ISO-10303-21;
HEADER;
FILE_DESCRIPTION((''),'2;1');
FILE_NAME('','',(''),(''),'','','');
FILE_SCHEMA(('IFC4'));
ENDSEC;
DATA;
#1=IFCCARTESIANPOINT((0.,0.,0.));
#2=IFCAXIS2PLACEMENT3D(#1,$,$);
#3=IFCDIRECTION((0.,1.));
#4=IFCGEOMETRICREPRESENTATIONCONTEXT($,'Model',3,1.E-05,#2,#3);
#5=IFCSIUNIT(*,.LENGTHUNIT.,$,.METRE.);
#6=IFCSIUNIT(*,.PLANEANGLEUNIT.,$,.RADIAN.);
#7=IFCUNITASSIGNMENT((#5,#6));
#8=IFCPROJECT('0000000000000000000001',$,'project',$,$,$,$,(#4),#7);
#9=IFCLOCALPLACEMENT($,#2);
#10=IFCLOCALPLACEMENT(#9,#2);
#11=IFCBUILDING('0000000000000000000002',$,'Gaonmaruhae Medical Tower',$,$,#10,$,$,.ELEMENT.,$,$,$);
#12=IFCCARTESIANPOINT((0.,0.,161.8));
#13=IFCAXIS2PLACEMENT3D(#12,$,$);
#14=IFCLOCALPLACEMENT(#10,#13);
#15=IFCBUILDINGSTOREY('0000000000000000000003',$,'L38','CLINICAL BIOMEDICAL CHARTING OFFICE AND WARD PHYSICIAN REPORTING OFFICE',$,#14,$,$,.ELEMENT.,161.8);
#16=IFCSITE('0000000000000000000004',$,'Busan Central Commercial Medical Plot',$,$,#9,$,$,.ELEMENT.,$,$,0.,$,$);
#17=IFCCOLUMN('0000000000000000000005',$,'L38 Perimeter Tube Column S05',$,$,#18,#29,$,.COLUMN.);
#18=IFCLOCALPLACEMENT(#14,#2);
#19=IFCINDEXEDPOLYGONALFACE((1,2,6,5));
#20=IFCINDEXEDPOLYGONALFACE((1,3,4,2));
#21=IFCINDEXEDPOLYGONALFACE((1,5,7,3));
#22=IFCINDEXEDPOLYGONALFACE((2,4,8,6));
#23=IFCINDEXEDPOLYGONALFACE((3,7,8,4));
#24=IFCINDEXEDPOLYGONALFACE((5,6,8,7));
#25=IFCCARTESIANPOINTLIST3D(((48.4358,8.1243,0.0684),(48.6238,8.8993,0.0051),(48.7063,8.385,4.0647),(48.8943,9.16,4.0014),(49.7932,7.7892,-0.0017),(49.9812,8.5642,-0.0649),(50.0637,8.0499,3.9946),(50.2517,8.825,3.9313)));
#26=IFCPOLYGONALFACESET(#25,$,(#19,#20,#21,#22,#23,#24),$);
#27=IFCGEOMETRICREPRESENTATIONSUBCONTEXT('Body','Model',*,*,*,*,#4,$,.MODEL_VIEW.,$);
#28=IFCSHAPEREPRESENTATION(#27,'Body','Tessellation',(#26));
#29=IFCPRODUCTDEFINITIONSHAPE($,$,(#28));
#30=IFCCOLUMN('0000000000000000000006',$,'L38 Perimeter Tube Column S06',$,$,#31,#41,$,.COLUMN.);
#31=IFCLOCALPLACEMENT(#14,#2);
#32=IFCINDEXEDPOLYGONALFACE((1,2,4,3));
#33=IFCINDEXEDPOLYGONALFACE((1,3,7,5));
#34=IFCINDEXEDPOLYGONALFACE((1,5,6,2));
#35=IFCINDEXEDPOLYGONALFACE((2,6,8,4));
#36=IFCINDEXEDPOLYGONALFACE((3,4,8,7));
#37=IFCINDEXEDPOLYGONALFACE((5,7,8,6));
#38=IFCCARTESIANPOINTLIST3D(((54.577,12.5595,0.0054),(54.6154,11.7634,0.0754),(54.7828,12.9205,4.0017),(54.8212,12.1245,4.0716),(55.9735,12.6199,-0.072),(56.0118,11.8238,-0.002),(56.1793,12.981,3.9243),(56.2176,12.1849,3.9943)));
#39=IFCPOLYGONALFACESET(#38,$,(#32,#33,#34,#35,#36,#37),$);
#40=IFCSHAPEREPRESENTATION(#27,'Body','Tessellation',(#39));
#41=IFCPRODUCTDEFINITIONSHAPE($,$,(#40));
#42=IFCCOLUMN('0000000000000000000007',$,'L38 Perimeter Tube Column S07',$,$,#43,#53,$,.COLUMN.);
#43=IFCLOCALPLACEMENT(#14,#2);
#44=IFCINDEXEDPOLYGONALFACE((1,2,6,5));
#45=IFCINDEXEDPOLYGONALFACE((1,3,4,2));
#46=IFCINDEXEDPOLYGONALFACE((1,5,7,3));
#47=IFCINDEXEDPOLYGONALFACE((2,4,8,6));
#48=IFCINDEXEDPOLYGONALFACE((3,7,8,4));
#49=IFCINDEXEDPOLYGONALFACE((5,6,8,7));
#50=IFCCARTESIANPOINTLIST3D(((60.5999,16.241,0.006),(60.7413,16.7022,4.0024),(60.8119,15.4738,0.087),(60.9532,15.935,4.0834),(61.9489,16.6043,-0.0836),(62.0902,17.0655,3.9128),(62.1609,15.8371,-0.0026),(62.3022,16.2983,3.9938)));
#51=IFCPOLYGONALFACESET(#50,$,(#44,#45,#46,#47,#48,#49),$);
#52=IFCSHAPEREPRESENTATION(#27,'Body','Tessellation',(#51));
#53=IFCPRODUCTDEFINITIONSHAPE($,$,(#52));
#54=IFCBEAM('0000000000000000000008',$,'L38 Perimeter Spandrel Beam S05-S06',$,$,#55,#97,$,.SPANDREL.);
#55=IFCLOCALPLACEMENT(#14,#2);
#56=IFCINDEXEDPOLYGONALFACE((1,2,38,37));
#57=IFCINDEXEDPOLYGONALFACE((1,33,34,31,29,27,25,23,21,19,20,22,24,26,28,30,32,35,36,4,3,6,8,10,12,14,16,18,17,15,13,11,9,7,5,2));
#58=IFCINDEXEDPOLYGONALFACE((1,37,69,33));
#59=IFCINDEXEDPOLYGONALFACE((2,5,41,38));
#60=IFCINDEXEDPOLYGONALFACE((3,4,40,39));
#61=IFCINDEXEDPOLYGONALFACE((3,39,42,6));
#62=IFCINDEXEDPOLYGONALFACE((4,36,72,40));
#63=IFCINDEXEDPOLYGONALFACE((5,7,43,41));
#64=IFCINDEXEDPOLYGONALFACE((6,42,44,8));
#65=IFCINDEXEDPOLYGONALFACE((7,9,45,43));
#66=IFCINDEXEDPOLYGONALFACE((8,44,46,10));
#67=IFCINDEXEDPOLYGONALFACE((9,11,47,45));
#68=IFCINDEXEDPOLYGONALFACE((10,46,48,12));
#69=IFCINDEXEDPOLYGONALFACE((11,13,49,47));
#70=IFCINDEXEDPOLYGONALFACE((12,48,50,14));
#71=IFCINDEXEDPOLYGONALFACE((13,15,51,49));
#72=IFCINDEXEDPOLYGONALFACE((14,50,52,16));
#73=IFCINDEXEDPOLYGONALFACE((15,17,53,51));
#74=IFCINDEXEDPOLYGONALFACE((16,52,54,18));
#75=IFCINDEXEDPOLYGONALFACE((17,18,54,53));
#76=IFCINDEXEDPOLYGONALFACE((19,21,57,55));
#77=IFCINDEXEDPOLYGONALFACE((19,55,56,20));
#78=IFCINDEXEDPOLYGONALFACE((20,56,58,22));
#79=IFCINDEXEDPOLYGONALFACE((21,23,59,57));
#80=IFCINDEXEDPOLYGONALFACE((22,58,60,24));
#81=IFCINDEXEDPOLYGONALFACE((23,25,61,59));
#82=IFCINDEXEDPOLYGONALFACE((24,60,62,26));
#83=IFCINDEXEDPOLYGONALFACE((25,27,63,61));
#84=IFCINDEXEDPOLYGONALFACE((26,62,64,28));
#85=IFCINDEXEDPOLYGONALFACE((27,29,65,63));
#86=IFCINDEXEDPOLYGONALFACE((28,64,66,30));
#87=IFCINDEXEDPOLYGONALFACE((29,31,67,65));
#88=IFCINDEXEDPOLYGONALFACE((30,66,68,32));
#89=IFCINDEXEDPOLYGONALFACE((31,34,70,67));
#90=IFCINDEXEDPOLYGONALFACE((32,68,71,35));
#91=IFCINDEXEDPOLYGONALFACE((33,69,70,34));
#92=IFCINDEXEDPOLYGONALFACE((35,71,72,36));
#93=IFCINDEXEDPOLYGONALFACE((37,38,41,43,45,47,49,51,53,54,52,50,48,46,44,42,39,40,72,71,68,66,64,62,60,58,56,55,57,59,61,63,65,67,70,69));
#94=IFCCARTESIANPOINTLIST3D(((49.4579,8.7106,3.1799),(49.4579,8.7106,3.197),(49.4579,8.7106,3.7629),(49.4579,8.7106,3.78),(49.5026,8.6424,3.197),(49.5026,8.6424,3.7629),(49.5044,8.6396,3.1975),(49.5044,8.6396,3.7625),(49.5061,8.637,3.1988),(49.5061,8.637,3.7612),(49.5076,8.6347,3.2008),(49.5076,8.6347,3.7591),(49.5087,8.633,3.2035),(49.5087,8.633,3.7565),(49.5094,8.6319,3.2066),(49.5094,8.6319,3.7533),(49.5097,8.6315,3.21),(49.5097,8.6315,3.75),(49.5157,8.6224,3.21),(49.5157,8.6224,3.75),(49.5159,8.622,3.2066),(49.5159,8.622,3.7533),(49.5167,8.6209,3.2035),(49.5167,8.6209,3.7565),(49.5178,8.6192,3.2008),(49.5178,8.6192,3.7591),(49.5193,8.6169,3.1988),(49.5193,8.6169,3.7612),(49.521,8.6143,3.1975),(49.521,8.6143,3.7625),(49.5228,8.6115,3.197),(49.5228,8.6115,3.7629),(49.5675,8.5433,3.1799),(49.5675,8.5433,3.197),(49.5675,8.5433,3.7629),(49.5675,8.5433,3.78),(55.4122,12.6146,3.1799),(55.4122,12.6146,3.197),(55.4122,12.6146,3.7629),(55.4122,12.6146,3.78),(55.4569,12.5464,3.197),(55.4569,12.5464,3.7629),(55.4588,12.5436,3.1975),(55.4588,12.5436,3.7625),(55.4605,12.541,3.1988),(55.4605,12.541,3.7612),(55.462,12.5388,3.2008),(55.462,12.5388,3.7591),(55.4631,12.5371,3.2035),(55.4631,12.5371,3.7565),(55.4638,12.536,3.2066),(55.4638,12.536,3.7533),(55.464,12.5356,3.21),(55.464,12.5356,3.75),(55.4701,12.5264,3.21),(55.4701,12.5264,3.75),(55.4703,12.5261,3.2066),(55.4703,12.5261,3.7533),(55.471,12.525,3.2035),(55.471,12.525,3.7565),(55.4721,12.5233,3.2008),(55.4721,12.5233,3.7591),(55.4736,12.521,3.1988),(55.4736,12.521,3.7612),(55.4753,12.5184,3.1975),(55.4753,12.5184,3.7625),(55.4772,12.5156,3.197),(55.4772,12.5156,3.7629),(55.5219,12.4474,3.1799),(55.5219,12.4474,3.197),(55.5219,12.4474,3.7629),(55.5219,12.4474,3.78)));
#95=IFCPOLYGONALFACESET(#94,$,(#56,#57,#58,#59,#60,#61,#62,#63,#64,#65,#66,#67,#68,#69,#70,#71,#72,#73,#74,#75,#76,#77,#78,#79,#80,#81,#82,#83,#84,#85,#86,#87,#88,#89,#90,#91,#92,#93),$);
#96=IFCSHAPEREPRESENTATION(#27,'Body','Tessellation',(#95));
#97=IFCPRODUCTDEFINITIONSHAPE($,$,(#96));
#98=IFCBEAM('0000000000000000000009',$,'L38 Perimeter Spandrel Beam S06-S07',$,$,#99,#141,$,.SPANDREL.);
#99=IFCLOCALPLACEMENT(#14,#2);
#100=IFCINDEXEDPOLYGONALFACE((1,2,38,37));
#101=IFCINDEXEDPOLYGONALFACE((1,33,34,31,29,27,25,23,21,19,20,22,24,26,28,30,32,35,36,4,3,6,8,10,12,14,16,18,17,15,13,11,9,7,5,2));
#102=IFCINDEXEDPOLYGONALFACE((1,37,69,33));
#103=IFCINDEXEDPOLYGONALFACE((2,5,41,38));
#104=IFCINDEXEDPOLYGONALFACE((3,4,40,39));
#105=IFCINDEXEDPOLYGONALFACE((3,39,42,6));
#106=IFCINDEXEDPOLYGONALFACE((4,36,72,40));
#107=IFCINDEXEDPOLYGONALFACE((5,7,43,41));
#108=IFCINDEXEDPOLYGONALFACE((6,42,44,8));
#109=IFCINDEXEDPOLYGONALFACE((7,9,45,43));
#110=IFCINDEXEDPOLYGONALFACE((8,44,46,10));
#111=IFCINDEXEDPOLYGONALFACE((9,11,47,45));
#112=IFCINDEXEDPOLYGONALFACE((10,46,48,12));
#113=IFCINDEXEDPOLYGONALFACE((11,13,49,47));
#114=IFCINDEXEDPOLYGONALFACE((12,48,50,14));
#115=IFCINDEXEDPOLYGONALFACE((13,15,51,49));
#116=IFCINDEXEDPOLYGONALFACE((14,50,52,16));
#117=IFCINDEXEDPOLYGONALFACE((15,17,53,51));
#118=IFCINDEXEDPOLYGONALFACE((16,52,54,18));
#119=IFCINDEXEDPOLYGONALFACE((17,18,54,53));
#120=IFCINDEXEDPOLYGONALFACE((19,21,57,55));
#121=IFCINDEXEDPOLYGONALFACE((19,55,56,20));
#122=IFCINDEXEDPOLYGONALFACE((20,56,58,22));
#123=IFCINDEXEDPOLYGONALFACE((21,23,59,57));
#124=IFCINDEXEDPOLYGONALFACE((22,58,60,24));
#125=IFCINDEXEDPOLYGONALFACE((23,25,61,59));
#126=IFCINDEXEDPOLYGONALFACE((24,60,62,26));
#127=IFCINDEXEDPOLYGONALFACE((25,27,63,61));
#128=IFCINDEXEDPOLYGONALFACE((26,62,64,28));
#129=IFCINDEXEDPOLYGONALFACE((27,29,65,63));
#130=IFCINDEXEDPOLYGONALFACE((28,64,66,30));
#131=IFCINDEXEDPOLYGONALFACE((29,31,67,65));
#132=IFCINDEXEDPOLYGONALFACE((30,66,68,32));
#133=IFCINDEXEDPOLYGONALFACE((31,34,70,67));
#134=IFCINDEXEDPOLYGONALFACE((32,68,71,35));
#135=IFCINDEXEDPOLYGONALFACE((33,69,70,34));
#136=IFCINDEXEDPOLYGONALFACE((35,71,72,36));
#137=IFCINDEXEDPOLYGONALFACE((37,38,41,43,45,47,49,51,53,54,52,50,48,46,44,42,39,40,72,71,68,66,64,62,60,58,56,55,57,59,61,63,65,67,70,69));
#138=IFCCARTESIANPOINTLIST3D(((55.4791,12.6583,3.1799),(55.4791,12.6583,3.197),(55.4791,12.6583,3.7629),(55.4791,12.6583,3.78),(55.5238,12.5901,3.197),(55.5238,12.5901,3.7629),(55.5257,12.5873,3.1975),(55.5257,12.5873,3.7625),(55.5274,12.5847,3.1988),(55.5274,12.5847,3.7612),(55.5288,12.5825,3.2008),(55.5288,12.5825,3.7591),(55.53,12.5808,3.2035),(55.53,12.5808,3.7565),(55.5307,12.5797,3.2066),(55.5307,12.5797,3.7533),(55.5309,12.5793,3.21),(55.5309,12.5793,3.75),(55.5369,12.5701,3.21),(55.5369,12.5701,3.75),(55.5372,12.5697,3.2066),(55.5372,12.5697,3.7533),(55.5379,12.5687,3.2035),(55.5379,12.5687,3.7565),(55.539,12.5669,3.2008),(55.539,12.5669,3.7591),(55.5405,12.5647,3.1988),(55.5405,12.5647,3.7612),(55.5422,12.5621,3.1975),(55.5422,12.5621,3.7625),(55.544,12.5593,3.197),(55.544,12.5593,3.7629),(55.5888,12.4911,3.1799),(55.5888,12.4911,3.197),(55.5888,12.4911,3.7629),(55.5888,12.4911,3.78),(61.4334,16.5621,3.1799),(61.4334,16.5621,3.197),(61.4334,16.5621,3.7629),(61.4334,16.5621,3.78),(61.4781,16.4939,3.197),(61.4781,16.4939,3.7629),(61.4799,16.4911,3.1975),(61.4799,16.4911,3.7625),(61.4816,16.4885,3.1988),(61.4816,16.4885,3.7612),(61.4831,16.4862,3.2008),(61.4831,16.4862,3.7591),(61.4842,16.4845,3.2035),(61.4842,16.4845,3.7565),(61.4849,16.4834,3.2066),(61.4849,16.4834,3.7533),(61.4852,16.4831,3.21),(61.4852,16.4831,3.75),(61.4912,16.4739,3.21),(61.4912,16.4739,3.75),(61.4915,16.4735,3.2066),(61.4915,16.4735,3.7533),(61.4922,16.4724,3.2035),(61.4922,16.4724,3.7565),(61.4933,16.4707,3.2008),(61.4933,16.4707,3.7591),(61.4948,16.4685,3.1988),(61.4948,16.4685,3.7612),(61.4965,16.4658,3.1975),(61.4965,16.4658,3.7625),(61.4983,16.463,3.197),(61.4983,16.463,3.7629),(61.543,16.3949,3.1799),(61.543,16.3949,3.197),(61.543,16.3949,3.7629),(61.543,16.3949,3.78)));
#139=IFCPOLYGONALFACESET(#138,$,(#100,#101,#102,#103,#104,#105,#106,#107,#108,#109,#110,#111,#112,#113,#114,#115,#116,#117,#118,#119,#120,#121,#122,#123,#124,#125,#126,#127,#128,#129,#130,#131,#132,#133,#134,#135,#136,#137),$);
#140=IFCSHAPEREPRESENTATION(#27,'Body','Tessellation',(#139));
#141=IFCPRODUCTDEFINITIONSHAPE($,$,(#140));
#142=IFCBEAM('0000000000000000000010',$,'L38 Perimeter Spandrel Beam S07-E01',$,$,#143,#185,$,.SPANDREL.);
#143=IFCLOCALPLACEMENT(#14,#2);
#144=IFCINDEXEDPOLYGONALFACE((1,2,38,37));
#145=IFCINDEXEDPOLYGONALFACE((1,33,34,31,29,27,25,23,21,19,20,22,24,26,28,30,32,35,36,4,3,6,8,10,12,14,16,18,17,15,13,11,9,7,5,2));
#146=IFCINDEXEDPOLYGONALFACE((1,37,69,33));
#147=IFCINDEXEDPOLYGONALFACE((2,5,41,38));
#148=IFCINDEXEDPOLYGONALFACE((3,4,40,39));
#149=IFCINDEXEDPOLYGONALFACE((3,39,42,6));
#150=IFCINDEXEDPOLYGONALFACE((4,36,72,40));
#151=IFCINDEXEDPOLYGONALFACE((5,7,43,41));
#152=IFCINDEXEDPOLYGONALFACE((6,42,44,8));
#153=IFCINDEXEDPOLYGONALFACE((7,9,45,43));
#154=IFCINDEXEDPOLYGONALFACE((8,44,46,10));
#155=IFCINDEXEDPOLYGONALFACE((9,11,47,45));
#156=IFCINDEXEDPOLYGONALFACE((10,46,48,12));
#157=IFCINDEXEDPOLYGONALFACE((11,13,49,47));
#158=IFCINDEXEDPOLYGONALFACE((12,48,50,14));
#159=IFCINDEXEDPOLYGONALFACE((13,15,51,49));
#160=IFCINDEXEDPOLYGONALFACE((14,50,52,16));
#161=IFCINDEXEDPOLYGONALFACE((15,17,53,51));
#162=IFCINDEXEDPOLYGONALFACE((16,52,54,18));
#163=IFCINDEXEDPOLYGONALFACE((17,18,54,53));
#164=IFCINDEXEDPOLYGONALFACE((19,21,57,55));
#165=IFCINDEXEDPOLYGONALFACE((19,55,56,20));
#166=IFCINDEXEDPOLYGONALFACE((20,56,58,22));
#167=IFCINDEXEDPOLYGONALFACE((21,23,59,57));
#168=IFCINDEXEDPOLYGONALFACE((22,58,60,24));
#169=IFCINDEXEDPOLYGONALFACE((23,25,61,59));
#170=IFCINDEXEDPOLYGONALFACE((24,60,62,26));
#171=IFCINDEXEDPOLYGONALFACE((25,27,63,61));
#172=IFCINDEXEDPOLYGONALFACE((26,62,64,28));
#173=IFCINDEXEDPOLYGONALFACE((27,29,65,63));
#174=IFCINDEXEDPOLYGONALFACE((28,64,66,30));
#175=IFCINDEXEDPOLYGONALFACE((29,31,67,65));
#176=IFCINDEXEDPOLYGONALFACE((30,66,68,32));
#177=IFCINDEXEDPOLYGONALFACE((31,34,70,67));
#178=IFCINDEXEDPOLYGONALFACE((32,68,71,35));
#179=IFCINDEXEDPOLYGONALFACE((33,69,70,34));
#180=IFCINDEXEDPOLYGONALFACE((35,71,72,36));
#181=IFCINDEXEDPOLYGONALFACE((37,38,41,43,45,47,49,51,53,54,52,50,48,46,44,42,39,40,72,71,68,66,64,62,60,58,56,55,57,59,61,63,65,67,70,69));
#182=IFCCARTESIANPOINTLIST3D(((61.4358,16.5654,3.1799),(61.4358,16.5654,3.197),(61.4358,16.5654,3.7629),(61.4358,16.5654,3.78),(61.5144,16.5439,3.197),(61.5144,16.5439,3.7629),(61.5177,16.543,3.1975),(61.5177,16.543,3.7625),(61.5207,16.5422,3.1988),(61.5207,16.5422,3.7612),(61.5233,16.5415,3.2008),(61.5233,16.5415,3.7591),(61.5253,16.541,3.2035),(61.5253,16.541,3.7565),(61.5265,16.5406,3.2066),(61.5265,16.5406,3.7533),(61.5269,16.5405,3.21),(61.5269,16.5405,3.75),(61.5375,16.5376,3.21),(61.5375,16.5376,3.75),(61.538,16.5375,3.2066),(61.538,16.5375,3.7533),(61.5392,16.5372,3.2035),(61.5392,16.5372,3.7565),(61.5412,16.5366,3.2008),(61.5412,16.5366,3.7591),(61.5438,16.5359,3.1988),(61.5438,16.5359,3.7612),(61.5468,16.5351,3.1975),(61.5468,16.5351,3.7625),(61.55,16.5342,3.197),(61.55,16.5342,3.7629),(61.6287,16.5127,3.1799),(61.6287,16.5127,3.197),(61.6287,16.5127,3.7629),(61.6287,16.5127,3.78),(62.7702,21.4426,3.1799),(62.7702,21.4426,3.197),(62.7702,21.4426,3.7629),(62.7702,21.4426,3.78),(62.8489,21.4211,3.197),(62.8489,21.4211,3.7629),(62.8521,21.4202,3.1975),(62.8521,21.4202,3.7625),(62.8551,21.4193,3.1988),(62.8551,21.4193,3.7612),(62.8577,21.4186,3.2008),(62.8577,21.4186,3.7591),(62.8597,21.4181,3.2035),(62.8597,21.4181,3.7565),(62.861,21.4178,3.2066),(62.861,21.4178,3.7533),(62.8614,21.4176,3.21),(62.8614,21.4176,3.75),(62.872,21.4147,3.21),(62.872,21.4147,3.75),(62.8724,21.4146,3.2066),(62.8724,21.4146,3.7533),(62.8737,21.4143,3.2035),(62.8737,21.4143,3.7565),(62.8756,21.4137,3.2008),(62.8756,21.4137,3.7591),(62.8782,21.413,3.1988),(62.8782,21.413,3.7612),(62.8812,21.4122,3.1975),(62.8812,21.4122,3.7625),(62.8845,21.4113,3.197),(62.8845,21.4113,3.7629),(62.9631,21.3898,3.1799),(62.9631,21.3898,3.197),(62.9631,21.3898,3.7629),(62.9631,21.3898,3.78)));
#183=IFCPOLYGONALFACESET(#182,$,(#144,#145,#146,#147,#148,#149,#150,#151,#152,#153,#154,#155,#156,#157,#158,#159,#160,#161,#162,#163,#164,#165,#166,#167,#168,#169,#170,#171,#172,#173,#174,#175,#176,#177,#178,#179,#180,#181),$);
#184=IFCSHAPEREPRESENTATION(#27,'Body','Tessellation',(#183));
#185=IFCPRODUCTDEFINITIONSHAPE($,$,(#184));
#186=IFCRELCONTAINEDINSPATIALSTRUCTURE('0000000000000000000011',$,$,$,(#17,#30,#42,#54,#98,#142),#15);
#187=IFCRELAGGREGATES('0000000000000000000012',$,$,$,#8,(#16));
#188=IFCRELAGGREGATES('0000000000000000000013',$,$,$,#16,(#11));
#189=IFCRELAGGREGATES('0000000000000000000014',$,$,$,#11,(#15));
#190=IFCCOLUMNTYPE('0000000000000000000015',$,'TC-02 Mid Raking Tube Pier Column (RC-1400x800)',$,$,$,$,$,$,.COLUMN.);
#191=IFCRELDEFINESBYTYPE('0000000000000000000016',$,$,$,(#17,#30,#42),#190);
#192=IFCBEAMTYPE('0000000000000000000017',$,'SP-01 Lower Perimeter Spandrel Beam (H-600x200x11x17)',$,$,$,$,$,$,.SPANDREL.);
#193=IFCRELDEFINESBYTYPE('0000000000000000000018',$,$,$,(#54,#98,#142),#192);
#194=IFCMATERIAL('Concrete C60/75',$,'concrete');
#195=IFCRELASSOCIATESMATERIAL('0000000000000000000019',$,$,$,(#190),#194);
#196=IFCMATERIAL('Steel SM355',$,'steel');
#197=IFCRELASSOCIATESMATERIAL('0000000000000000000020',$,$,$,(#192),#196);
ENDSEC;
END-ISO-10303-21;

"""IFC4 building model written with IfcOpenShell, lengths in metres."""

from ifc_helpers import new_model, si_unit, direction, frame, origin, origin_2d, place, context, subcontext, project, spatial, rectangle, i_section, extrude, material, material_profile, profile_set, type_object, element, save


model = new_model("IFC4")

# Units and contexts
model_context = context("Model", 3, precision=1e-05, world=origin(), true_north=direction((0.0, 1.0)))
body_context = subcontext(model_context, "Body", "Model", "MODEL_VIEW")
ifc_project = project(units=[si_unit("LENGTHUNIT", "METRE"), si_unit("PLANEANGLEUNIT", "RADIAN")], contexts=[model_context])

# Site, building, storey
site_placement = place(None, origin())
site = spatial("IfcSite", under=ifc_project, at=site_placement, Name="Busan Central Commercial Medical Plot", CompositionType="ELEMENT", RefElevation=0.0)
building_placement = place(site_placement, origin())
building = spatial("IfcBuilding", under=site, at=building_placement, Name="Gaonmaruhae Medical Tower", CompositionType="ELEMENT")
storey_placement = place(building_placement, frame((0.0, 0.0, 161.8)))
storey = spatial("IfcBuildingStorey", under=building, at=storey_placement, Name="L38", Description="CLINICAL BIOMEDICAL CHARTING OFFICE AND WARD PHYSICIAN REPORTING OFFICE", CompositionType="ELEMENT", Elevation=161.8)

# Columns
ifc_material_1 = material(Name="Concrete C60/75", Category="concrete")
ifc_material_profile_1 = material_profile(ifc_material_1, rectangle(XDim=1.3999, YDim=0.8, at=origin_2d()), Name="RC-1400x800")
ifc_profile_set_1 = profile_set([ifc_material_profile_1], Name="Concrete C60/75")
column_type = type_object("IfcColumnType", Name="TC-02 Mid Raking Tube Pier Column (RC-1400x800)", PredefinedType="COLUMN", material=ifc_profile_set_1)
column_1_placement = place(storey_placement, frame((49.2085, 8.3442, 0.0017), z_axis=(0.067392, 0.064959, 0.99561), x_axis=(-0.96964, 0.239367, 0.050016)))
element("IfcColumn", 1, at=column_1_placement, inside=storey, type_object=column_type, Name="L38 Perimeter Tube Column S05", PredefinedType="COLUMN", context=body_context, shape_type="SweptSolid", body=[
    extrude(rectangle(XDim=1.3999, YDim=0.8, at=origin_2d()), origin(), (0.0, 0.0, 1.0), 4.0139),
])
column_2_placement = place(storey_placement, frame((55.2944, 12.1917, 0.0017), z_axis=(0.051224, 0.089869, 0.994635), x_axis=(-0.997537, -0.043182, 0.055275)))
element("IfcColumn", 2, at=column_2_placement, inside=storey, type_object=column_type, Name="L38 Perimeter Tube Column S06", PredefinedType="COLUMN", context=body_context, shape_type="SweptSolid", body=[
    extrude(rectangle(XDim=1.3999, YDim=0.8, at=origin_2d()), origin(), (0.0, 0.0, 1.0), 4.0178),
])
column_3_placement = place(storey_placement, frame((61.3804, 16.0391, 0.0017), z_axis=(0.035117, 0.11457, 0.992794), x_axis=(-0.963617, -0.259503, 0.064032)))
element("IfcColumn", 3, at=column_3_placement, inside=storey, type_object=column_type, Name="L38 Perimeter Tube Column S07", PredefinedType="COLUMN", context=body_context, shape_type="SweptSolid", body=[
    extrude(rectangle(XDim=1.3999, YDim=0.8, at=origin_2d()), origin(), (0.0, 0.0, 1.0), 4.0254),
])

# Beams
ifc_material_2 = material(Name="Steel SM355", Category="steel")
ifc_material_profile_2 = material_profile(ifc_material_2, i_section(OverallWidth=0.2, OverallDepth=0.6001, WebThickness=0.011, FlangeThickness=0.0171, FilletRadius=0.0129, at=origin_2d()), Name="H-600x200x11x17")
ifc_profile_set_2 = profile_set([ifc_material_profile_2], Name="Steel SM355")
beam_type = type_object("IfcBeamType", Name="SP-01 Lower Perimeter Spandrel Beam (H-600x200x11x17)", PredefinedType="SPANDREL", material=ifc_profile_set_2)
beam_1_placement = place(storey_placement, frame((49.5127, 8.627, 3.48), z_axis=(0.836272, 0.548314, 0.0), x_axis=(-0.548314, 0.836272, 0.0)))
element("IfcBeam", 4, at=beam_1_placement, inside=storey, type_object=beam_type, Name="L38 Perimeter Spandrel Beam S05-S06", PredefinedType="SPANDREL", context=body_context, shape_type="SweptSolid", body=[
    extrude(i_section(OverallWidth=0.2, OverallDepth=0.6001, WebThickness=0.011, FlangeThickness=0.0171, FilletRadius=0.0129, at=origin_2d()), origin(), (0.0, 0.0, 1.0), 7.1201),
])
beam_2_placement = place(storey_placement, frame((55.5339, 12.5747, 3.48), z_axis=(0.836288, 0.54829, 0.0), x_axis=(-0.54829, 0.836288, 0.0)))
element("IfcBeam", 5, at=beam_2_placement, inside=storey, type_object=beam_type, Name="L38 Perimeter Spandrel Beam S06-S07", PredefinedType="SPANDREL", context=body_context, shape_type="SweptSolid", body=[
    extrude(i_section(OverallWidth=0.2, OverallDepth=0.6001, WebThickness=0.011, FlangeThickness=0.0171, FilletRadius=0.0129, at=origin_2d()), origin(), (0.0, 0.0, 1.0), 7.1199),
])
beam_3_placement = place(storey_placement, frame((61.5322, 16.5391, 3.48), z_axis=(0.263914, 0.964546, 0.0), x_axis=(-0.964546, 0.263914, 0.0)))
element("IfcBeam", 6, at=beam_3_placement, inside=storey, type_object=beam_type, Name="L38 Perimeter Spandrel Beam S07-E01", PredefinedType="SPANDREL", context=body_context, shape_type="SweptSolid", body=[
    extrude(i_section(OverallWidth=0.2, OverallDepth=0.6001, WebThickness=0.011, FlangeThickness=0.0171, FilletRadius=0.0129, at=origin_2d()), origin(), (0.0, 0.0, 1.0), 5.0564),
])

save(model, "model.ifc")
